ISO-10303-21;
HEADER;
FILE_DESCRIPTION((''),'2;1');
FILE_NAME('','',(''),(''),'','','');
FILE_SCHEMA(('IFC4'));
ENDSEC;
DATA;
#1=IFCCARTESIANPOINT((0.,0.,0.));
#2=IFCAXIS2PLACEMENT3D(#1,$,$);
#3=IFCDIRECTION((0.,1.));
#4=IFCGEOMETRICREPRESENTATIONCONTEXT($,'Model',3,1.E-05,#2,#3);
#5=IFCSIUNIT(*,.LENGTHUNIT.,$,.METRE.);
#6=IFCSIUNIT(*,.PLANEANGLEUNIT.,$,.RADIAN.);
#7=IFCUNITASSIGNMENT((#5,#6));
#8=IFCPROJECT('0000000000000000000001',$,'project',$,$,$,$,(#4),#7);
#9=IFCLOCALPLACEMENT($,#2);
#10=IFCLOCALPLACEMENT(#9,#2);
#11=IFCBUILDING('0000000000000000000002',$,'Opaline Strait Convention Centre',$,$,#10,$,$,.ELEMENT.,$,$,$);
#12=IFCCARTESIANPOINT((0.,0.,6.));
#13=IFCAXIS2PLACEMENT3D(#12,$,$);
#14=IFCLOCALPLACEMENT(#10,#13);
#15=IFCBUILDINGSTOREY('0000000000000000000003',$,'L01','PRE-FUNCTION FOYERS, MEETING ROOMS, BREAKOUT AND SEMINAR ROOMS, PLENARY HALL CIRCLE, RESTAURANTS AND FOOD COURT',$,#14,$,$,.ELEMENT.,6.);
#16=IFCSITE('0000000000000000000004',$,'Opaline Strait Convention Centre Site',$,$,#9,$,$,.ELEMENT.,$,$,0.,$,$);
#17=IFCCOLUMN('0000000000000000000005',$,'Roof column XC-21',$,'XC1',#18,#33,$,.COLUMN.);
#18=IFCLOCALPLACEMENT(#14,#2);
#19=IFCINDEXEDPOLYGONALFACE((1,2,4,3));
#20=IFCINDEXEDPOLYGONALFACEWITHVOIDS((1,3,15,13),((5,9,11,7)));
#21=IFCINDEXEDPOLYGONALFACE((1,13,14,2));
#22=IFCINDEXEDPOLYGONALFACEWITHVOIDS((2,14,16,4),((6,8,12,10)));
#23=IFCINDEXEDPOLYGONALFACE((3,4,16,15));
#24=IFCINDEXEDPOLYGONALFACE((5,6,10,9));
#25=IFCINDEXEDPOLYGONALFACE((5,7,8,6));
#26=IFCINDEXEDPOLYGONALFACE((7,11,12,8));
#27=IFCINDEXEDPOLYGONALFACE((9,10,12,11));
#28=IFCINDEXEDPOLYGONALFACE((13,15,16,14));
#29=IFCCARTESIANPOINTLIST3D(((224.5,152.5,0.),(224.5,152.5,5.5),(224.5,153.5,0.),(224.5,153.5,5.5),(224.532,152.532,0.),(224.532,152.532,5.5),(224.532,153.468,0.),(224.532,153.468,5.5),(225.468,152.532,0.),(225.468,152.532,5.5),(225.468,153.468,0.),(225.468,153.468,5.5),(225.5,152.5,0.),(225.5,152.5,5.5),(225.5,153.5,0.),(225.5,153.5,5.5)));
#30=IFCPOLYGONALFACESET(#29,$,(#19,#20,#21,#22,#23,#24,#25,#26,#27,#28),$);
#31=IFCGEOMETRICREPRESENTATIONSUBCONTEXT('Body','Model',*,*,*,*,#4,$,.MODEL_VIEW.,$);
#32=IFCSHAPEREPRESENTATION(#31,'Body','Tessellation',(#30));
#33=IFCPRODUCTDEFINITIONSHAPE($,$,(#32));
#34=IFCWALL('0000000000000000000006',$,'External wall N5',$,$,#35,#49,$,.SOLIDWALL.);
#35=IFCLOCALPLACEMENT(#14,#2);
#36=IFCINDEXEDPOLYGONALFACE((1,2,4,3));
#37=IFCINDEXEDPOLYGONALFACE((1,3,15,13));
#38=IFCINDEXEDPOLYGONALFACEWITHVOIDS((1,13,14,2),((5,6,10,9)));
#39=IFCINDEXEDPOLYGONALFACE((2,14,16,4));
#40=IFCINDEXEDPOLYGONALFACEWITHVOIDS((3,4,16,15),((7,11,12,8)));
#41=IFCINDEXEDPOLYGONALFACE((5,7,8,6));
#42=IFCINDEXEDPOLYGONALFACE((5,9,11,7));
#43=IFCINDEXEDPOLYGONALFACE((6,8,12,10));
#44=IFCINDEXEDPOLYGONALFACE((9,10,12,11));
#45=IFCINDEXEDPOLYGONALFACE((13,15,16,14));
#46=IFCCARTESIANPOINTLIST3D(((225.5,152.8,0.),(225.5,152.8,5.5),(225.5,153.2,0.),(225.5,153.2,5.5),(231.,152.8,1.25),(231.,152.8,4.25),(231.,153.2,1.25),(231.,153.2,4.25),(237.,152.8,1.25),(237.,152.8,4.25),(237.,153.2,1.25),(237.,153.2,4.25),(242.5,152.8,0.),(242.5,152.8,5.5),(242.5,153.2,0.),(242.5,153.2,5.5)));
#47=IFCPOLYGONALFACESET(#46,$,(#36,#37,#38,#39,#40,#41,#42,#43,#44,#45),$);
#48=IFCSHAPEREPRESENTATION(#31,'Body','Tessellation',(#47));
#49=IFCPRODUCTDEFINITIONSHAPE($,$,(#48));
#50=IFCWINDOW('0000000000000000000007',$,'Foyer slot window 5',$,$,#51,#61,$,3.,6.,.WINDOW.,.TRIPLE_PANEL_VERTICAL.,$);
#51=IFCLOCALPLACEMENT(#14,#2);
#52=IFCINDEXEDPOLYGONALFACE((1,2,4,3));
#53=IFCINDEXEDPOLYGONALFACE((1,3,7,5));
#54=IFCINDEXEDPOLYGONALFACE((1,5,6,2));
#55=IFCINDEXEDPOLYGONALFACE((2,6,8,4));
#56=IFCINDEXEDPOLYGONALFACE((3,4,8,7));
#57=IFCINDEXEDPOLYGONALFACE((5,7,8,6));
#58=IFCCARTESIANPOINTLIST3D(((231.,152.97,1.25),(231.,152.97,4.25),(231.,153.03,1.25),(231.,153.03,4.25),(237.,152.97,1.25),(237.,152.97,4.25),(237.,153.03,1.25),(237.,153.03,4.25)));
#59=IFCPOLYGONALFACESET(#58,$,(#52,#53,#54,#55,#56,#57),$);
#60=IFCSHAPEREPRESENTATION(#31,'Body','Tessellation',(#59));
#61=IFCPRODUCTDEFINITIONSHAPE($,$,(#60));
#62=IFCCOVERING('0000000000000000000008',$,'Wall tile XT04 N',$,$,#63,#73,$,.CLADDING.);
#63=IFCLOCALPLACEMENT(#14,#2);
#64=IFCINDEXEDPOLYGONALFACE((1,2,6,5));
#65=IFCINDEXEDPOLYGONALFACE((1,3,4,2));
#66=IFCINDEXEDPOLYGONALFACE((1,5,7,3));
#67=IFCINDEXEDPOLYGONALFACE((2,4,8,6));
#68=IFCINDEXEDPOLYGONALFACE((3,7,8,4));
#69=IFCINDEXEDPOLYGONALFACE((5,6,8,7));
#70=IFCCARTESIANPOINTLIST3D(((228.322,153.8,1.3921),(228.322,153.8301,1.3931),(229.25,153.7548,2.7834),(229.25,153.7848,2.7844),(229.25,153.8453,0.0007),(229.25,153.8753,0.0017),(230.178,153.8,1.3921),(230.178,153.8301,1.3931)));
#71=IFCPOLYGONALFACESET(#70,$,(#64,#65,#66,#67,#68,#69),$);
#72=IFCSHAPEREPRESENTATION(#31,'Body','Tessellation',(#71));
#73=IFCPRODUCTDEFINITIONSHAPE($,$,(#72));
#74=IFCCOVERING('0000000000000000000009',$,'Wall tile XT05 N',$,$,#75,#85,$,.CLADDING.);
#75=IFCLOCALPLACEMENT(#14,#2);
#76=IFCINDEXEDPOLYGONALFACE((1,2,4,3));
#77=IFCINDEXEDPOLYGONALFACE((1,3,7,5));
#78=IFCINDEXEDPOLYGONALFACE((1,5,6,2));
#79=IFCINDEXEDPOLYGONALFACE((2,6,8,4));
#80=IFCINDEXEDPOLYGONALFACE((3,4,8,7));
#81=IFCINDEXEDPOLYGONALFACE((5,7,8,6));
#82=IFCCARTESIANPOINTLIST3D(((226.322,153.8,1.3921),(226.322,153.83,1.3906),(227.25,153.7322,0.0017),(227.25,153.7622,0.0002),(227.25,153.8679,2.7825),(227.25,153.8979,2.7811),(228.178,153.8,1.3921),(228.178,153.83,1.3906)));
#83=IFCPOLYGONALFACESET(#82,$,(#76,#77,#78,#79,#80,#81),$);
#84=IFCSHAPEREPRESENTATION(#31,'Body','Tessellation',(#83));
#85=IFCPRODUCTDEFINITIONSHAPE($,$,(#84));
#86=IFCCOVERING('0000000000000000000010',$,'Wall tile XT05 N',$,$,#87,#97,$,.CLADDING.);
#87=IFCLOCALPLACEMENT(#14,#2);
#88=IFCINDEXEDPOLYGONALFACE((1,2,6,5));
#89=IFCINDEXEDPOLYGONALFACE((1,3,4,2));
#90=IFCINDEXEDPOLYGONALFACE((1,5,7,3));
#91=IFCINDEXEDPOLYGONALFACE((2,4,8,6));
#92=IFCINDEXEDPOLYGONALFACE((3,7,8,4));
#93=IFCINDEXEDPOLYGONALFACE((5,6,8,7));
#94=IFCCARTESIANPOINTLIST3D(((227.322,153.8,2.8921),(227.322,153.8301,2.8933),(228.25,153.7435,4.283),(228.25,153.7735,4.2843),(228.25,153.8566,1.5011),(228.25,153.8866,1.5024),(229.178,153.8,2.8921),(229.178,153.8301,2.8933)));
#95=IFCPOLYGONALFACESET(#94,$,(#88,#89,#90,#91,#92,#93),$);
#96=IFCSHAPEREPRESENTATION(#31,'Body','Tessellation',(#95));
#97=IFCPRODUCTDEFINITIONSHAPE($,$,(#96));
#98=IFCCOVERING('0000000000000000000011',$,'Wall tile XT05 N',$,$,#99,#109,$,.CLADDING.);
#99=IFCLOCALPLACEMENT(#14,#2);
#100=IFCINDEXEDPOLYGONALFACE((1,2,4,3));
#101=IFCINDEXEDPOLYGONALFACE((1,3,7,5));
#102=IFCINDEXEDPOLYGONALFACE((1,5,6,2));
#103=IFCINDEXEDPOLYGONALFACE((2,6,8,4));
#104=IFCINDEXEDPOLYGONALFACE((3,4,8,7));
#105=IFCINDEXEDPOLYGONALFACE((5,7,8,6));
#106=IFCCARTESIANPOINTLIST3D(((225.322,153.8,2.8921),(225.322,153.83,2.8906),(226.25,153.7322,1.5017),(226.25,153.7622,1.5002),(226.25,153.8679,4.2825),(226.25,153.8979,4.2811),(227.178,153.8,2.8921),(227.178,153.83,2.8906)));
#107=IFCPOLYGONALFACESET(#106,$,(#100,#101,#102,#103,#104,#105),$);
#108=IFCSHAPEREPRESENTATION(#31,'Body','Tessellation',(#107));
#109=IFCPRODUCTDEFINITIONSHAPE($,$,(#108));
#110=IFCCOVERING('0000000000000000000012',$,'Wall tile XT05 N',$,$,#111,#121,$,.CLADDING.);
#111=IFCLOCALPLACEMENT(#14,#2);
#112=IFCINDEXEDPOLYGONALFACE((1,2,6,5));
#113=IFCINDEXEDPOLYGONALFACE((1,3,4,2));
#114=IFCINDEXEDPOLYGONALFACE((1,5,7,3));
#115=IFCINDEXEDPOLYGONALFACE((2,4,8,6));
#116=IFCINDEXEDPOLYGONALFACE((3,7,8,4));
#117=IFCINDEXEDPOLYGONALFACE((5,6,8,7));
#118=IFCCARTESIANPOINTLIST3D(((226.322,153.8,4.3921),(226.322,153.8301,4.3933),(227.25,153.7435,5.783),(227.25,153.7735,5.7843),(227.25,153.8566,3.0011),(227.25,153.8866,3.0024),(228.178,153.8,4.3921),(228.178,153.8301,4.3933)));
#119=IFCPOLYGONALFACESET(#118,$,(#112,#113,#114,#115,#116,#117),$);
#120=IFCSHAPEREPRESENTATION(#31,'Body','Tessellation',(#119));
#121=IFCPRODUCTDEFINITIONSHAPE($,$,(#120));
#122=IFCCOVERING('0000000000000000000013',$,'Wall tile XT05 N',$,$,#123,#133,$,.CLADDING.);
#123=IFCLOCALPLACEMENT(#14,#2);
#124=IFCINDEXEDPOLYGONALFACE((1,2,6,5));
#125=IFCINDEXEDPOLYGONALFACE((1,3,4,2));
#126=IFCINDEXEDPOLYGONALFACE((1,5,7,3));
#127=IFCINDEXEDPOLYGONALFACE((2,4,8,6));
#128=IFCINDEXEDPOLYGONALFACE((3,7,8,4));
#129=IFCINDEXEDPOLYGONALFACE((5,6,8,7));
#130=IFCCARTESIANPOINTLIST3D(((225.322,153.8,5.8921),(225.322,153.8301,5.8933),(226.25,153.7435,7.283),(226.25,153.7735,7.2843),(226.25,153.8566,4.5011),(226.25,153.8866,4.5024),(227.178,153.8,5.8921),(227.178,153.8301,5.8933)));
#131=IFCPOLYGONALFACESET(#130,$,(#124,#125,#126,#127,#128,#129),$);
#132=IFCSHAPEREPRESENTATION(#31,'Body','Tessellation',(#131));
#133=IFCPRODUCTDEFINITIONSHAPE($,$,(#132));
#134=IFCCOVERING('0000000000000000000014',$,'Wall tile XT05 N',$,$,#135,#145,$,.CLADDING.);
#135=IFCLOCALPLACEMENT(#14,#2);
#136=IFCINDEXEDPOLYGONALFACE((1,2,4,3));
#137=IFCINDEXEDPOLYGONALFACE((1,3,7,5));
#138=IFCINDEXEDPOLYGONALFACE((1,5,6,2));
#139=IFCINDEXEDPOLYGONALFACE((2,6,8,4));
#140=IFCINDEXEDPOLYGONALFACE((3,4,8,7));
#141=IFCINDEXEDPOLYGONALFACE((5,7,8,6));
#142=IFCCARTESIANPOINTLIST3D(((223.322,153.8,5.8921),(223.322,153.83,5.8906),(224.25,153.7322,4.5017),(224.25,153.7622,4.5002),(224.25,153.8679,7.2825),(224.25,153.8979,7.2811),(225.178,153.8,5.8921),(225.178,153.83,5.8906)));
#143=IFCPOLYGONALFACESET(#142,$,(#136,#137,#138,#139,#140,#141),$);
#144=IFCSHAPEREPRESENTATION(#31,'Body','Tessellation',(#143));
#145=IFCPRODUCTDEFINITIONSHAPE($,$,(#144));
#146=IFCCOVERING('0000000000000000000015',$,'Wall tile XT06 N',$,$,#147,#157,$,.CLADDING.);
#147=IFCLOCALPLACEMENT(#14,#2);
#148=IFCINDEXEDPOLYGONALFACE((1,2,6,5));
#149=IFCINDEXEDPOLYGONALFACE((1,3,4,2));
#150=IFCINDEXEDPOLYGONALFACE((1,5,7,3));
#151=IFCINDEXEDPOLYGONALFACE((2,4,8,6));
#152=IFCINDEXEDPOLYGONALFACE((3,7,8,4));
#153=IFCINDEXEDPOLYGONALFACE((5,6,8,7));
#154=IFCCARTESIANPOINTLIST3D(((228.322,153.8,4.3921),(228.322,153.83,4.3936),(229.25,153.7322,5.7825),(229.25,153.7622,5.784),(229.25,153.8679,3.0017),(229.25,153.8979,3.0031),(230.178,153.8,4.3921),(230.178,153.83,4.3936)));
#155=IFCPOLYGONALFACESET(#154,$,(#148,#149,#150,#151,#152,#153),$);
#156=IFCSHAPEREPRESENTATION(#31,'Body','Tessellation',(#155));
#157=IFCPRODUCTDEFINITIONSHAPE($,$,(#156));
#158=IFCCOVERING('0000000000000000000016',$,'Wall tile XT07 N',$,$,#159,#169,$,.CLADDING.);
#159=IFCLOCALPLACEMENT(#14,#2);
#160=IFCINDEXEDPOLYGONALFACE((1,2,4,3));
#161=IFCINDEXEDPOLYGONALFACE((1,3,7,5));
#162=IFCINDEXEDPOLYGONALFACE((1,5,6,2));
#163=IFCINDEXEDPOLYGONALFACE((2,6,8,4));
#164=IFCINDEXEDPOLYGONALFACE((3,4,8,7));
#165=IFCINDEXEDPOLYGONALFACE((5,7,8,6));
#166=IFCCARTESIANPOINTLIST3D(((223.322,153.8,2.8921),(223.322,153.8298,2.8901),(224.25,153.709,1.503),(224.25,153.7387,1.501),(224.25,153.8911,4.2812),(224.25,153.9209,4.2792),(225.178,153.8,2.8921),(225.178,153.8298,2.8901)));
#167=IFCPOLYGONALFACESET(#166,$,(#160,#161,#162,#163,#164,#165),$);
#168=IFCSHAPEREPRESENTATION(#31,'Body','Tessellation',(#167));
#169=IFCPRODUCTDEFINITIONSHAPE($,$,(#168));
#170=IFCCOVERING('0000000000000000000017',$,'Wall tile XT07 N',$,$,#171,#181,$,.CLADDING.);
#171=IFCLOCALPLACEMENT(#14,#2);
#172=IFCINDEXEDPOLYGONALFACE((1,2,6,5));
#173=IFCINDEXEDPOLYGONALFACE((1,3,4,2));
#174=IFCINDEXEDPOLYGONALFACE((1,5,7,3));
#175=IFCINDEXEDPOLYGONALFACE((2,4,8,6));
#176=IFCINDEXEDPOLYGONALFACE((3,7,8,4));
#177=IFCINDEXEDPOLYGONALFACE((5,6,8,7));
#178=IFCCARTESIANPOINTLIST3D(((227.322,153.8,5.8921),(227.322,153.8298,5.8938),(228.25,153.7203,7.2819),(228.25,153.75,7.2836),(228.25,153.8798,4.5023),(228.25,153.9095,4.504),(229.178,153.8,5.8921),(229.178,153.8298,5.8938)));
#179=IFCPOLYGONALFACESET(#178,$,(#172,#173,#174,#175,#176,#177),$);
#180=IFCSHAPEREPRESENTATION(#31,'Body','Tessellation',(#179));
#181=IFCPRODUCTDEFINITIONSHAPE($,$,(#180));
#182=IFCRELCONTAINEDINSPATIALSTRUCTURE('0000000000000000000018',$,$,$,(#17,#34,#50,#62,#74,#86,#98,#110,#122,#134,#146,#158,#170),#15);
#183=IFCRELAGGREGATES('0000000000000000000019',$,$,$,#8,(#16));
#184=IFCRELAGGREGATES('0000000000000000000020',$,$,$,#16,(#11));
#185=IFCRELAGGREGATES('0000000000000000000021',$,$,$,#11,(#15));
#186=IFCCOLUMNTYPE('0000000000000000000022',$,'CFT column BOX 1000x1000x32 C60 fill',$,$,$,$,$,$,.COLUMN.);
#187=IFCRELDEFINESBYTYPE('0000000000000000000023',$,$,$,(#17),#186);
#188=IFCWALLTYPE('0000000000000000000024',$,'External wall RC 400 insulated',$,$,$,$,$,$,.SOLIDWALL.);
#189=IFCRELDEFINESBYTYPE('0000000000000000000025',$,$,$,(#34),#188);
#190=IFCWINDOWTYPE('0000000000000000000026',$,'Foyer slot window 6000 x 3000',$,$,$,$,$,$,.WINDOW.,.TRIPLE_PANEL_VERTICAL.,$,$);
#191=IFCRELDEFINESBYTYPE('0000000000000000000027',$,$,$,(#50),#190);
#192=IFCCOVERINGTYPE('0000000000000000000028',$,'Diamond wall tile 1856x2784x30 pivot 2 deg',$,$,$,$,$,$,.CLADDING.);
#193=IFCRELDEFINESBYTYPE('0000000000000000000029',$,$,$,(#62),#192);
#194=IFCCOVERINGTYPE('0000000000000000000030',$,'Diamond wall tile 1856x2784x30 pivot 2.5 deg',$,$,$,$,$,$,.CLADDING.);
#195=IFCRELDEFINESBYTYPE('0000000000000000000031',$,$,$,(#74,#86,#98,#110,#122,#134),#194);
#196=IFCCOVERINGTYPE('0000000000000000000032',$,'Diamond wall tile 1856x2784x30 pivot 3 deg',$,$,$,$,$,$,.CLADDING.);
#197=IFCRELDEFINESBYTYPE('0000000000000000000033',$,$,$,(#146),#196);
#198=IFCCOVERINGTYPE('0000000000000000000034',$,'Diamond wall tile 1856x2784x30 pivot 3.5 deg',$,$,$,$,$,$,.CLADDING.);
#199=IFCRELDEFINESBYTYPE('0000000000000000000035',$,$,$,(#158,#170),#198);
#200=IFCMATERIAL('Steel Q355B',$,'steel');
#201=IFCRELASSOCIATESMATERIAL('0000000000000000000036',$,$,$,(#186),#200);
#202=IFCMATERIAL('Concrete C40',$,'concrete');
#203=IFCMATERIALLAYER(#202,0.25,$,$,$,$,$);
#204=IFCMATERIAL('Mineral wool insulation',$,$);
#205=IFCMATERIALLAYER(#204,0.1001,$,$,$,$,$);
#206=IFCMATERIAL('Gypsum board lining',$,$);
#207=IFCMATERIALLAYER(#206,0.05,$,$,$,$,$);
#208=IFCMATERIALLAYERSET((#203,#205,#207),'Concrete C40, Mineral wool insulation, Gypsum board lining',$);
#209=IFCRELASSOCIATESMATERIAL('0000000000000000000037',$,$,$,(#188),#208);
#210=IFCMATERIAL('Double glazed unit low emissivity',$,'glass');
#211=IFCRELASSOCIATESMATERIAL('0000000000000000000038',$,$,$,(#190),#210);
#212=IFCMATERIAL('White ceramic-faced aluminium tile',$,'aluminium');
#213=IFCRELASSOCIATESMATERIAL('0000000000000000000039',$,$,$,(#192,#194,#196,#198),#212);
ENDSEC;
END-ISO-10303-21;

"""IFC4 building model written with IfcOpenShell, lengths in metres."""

from ifc_helpers import new_model, si_unit, direction, frame, frame_2d, origin, origin_2d, place, context, subcontext, project, spatial, polyline, rectangle, hollow_rectangle, outline, extrude, material, layer, layer_set, material_profile, profile_set, type_object, element, fill, save


model = new_model("IFC4")

# Units and contexts
model_context = context("Model", 3, precision=1e-05, world=origin(), true_north=direction((0.0, 1.0)))
body_context = subcontext(model_context, "Body", "Model", "MODEL_VIEW")
ifc_project = project(units=[si_unit("LENGTHUNIT", "METRE"), si_unit("PLANEANGLEUNIT", "RADIAN")], contexts=[model_context])

# Site, building, storey
site_placement = place(None, origin())
site = spatial("IfcSite", under=ifc_project, at=site_placement, Name="Opaline Strait Convention Centre Site", CompositionType="ELEMENT", RefElevation=0.0)
building_placement = place(site_placement, origin())
building = spatial("IfcBuilding", under=site, at=building_placement, Name="Opaline Strait Convention Centre", CompositionType="ELEMENT")
storey_placement = place(building_placement, frame((0.0, 0.0, 6.0)))
storey = spatial("IfcBuildingStorey", under=building, at=storey_placement, Name="L01", Description="PRE-FUNCTION FOYERS, MEETING ROOMS, BREAKOUT AND SEMINAR ROOMS, PLENARY HALL CIRCLE, RESTAURANTS AND FOOD COURT", CompositionType="ELEMENT", Elevation=6.0)

# Column
ifc_material_1 = material(Name="Steel Q355B", Category="steel")
ifc_material_profile_1 = material_profile(ifc_material_1, hollow_rectangle(XDim=1.0, YDim=1.0, WallThickness=0.032, at=origin_2d()), Name="BOX 1000x1000x32")
ifc_profile_set_1 = profile_set([ifc_material_profile_1], Name="Steel Q355B")
column_type = type_object("IfcColumnType", Name="CFT column BOX 1000x1000x32 C60 fill", PredefinedType="COLUMN", material=ifc_profile_set_1)
column_placement = place(storey_placement, frame((225.0, 153.0, 0.0), z_axis=(0.0, 0.0, 1.0), x_axis=(1.0, 0.0, 0.0)))
element("IfcColumn", 1, at=column_placement, inside=storey, type_object=column_type, Name="Roof column XC-21", ObjectType="XC1", PredefinedType="COLUMN", context=body_context, shape_type="SweptSolid", body=[
    extrude(hollow_rectangle(XDim=1.0, YDim=1.0, WallThickness=0.032, at=origin_2d()), origin(), (0.0, 0.0, 1.0), 5.5),
])

# Wall, opening, window
ifc_material_2 = material(Name="Concrete C40", Category="concrete")
ifc_layer_1 = layer(ifc_material_2, 0.25)
ifc_material_3 = material(Name="Mineral wool insulation")
ifc_layer_2 = layer(ifc_material_3, 0.1001)
ifc_material_4 = material(Name="Gypsum board lining")
ifc_layer_3 = layer(ifc_material_4, 0.05)
ifc_layer_set = layer_set([ifc_layer_1, ifc_layer_2, ifc_layer_3], Name="Concrete C40, Mineral wool insulation, Gypsum board lining")
wall_type = type_object("IfcWallType", Name="External wall RC 400 insulated", PredefinedType="SOLIDWALL", material=ifc_layer_set)
wall_placement = place(storey_placement, frame((225.5, 153.0, 0.0), z_axis=(0.0, 0.0, 1.0), x_axis=(1.0, 0.0, 0.0)))
wall = element("IfcWall", 2, at=wall_placement, inside=storey, type_object=wall_type, Name="External wall N5", PredefinedType="SOLIDWALL", context=body_context, shape_type="SweptSolid", body=[
    extrude(rectangle(XDim=17.0, YDim=0.3999, at=frame_2d((8.5, 0.0))), origin(), (0.0, 0.0, 1.0), 5.5),
])
opening_placement = place(wall_placement, frame((5.5, 0.0, 1.25)))
opening = element("IfcOpeningElement", 3, at=opening_placement, cuts=wall, PredefinedType="OPENING", context=body_context, shape_type="SweptSolid", body=[
    extrude(rectangle(XDim=6.0, YDim=3.0, at=frame_2d((3.0, 1.5))), frame((0.0, 0.21, 0.0), z_axis=(0.0, -1.0, 0.0), x_axis=(1.0, 0.0, 0.0)), (0.0, 0.0, 1.0), 0.4199),
])
ifc_material_5 = material(Name="Double glazed unit low emissivity", Category="glass")
window_type = type_object("IfcWindowType", Name="Foyer slot window 6000 x 3000", PartitioningType="TRIPLE_PANEL_VERTICAL", PredefinedType="WINDOW", material=ifc_material_5)
window_placement = place(opening_placement, origin())
window = element("IfcWindow", 4, at=window_placement, inside=storey, type_object=window_type, Name="Foyer slot window 5", OverallHeight=3.0, OverallWidth=6.0, PartitioningType="TRIPLE_PANEL_VERTICAL", PredefinedType="WINDOW", context=body_context, shape_type="SweptSolid", body=[
    extrude(rectangle(XDim=6.0, YDim=3.0, at=frame_2d((3.0, 1.5))), frame((0.0, 0.03, 0.0), z_axis=(0.0, -1.0, 0.0), x_axis=(1.0, 0.0, 0.0)), (0.0, 0.0, 1.0), 0.0601),
])
fill(opening, window)

# Coverings
ifc_material_6 = material(Name="White ceramic-faced aluminium tile", Category="aluminium")
ifc_material_profile_2 = material_profile(ifc_material_6, outline(polyline([(0.928, 0.0), (0.0, 1.3921), (-0.928, 0.0), (0.0, -1.3921), (0.928, 0.0)])), Name="Diamond tile 1856x2784")
ifc_profile_set_2 = profile_set([ifc_material_profile_2], Name="White ceramic-faced aluminium tile")
covering_type_1 = type_object("IfcCoveringType", Name="Diamond wall tile 1856x2784x30 pivot 2 deg", PredefinedType="CLADDING", material=ifc_profile_set_2)
covering_1_placement = place(storey_placement, frame((229.25, 153.8, 1.3921), z_axis=(0.0, 0.999472, 0.032503), x_axis=(-1.0, 0.0, 0.0)))
element("IfcCovering", 5, at=covering_1_placement, inside=storey, type_object=covering_type_1, Name="Wall tile XT04 N", PredefinedType="CLADDING", context=body_context, shape_type="SweptSolid", body=[
    extrude(outline(polyline([(0.928, 0.0), (0.0, 1.3921), (-0.928, 0.0), (0.0, -1.3921), (0.928, 0.0)])), origin(), (0.0, 0.0, 1.0), 0.03),
])
ifc_material_profile_3 = material_profile(ifc_material_6, outline(polyline([(0.928, 0.0), (0.0, 1.3921), (-0.928, 0.0), (0.0, -1.3921), (0.928, 0.0)])), Name="Diamond tile 1856x2784")
ifc_profile_set_3 = profile_set([ifc_material_profile_3], Name="White ceramic-faced aluminium tile")
covering_type_2 = type_object("IfcCoveringType", Name="Diamond wall tile 1856x2784x30 pivot 2.5 deg", PredefinedType="CLADDING", material=ifc_profile_set_3)
for number, where, z_axis, x_axis, name in (
    (6, (227.25, 153.8, 1.3921), (0.0, 0.998812, -0.048723), (-1.0, 0.0, 0.0), "Wall tile XT05 N"),
    (7, (228.25, 153.8, 2.8921), (0.0, 0.999175, 0.040617), (-1.0, 0.0, 0.0), "Wall tile XT05 N"),
    (8, (226.25, 153.8, 2.8921), (0.0, 0.998812, -0.048723), (-1.0, 0.0, 0.0), "Wall tile XT05 N"),
    (9, (227.25, 153.8, 4.3921), (0.0, 0.999175, 0.040617), (-1.0, 0.0, 0.0), "Wall tile XT05 N"),
    (10, (226.25, 153.8, 5.8921), (0.0, 0.999175, 0.040617), (-1.0, 0.0, 0.0), "Wall tile XT05 N"),
    (11, (224.25, 153.8, 5.8921), (0.0, 0.998812, -0.048723), (-1.0, 0.0, 0.0), "Wall tile XT05 N"),
):
    element("IfcCovering", number, at=place(storey_placement, frame(where, z_axis=z_axis, x_axis=x_axis)), inside=storey, type_object=covering_type_2, Name=name, PredefinedType="CLADDING", context=body_context, shape_type="SweptSolid", body=[
        extrude(outline(polyline([(0.928, 0.0), (0.0, 1.3921), (-0.928, 0.0), (0.0, -1.3921), (0.928, 0.0)])), origin(), (0.0, 0.0, 1.0), 0.03),
    ])
ifc_material_profile_4 = material_profile(ifc_material_6, outline(polyline([(0.928, 0.0), (0.0, 1.3921), (-0.928, 0.0), (0.0, -1.3921), (0.928, 0.0)])), Name="Diamond tile 1856x2784")
ifc_profile_set_4 = profile_set([ifc_material_profile_4], Name="White ceramic-faced aluminium tile")
covering_type_3 = type_object("IfcCoveringType", Name="Diamond wall tile 1856x2784x30 pivot 3 deg", PredefinedType="CLADDING", material=ifc_profile_set_4)
covering_2_placement = place(storey_placement, frame((229.25, 153.8, 4.3921), z_axis=(0.0, 0.998812, 0.048723), x_axis=(-1.0, 0.0, 0.0)))
element("IfcCovering", 12, at=covering_2_placement, inside=storey, type_object=covering_type_3, Name="Wall tile XT06 N", PredefinedType="CLADDING", context=body_context, shape_type="SweptSolid", body=[
    extrude(outline(polyline([(0.928, 0.0), (0.0, 1.3921), (-0.928, 0.0), (0.0, -1.3921), (0.928, 0.0)])), origin(), (0.0, 0.0, 1.0), 0.03),
])
ifc_material_profile_5 = material_profile(ifc_material_6, outline(polyline([(0.928, 0.0), (0.0, 1.3921), (-0.928, 0.0), (0.0, -1.3921), (0.928, 0.0)])), Name="Diamond tile 1856x2784")
ifc_profile_set_5 = profile_set([ifc_material_profile_5], Name="White ceramic-faced aluminium tile")
covering_type_4 = type_object("IfcCoveringType", Name="Diamond wall tile 1856x2784x30 pivot 3.5 deg", PredefinedType="CLADDING", material=ifc_profile_set_5)
for number, where, z_axis, x_axis, name in (
    (13, (224.25, 153.8, 2.8921), (0.0, 0.997857, -0.065433), (-1.0, 0.0, 0.0), "Wall tile XT07 N"),
    (14, (228.25, 153.8, 5.8921), (0.0, 0.998358, 0.057283), (-1.0, 0.0, 0.0), "Wall tile XT07 N"),
):
    element("IfcCovering", number, at=place(storey_placement, frame(where, z_axis=z_axis, x_axis=x_axis)), inside=storey, type_object=covering_type_4, Name=name, PredefinedType="CLADDING", context=body_context, shape_type="SweptSolid", body=[
        extrude(outline(polyline([(0.928, 0.0), (0.0, 1.3921), (-0.928, 0.0), (0.0, -1.3921), (0.928, 0.0)])), origin(), (0.0, 0.0, 1.0), 0.0298),
    ])

save(model, "model.ifc")
